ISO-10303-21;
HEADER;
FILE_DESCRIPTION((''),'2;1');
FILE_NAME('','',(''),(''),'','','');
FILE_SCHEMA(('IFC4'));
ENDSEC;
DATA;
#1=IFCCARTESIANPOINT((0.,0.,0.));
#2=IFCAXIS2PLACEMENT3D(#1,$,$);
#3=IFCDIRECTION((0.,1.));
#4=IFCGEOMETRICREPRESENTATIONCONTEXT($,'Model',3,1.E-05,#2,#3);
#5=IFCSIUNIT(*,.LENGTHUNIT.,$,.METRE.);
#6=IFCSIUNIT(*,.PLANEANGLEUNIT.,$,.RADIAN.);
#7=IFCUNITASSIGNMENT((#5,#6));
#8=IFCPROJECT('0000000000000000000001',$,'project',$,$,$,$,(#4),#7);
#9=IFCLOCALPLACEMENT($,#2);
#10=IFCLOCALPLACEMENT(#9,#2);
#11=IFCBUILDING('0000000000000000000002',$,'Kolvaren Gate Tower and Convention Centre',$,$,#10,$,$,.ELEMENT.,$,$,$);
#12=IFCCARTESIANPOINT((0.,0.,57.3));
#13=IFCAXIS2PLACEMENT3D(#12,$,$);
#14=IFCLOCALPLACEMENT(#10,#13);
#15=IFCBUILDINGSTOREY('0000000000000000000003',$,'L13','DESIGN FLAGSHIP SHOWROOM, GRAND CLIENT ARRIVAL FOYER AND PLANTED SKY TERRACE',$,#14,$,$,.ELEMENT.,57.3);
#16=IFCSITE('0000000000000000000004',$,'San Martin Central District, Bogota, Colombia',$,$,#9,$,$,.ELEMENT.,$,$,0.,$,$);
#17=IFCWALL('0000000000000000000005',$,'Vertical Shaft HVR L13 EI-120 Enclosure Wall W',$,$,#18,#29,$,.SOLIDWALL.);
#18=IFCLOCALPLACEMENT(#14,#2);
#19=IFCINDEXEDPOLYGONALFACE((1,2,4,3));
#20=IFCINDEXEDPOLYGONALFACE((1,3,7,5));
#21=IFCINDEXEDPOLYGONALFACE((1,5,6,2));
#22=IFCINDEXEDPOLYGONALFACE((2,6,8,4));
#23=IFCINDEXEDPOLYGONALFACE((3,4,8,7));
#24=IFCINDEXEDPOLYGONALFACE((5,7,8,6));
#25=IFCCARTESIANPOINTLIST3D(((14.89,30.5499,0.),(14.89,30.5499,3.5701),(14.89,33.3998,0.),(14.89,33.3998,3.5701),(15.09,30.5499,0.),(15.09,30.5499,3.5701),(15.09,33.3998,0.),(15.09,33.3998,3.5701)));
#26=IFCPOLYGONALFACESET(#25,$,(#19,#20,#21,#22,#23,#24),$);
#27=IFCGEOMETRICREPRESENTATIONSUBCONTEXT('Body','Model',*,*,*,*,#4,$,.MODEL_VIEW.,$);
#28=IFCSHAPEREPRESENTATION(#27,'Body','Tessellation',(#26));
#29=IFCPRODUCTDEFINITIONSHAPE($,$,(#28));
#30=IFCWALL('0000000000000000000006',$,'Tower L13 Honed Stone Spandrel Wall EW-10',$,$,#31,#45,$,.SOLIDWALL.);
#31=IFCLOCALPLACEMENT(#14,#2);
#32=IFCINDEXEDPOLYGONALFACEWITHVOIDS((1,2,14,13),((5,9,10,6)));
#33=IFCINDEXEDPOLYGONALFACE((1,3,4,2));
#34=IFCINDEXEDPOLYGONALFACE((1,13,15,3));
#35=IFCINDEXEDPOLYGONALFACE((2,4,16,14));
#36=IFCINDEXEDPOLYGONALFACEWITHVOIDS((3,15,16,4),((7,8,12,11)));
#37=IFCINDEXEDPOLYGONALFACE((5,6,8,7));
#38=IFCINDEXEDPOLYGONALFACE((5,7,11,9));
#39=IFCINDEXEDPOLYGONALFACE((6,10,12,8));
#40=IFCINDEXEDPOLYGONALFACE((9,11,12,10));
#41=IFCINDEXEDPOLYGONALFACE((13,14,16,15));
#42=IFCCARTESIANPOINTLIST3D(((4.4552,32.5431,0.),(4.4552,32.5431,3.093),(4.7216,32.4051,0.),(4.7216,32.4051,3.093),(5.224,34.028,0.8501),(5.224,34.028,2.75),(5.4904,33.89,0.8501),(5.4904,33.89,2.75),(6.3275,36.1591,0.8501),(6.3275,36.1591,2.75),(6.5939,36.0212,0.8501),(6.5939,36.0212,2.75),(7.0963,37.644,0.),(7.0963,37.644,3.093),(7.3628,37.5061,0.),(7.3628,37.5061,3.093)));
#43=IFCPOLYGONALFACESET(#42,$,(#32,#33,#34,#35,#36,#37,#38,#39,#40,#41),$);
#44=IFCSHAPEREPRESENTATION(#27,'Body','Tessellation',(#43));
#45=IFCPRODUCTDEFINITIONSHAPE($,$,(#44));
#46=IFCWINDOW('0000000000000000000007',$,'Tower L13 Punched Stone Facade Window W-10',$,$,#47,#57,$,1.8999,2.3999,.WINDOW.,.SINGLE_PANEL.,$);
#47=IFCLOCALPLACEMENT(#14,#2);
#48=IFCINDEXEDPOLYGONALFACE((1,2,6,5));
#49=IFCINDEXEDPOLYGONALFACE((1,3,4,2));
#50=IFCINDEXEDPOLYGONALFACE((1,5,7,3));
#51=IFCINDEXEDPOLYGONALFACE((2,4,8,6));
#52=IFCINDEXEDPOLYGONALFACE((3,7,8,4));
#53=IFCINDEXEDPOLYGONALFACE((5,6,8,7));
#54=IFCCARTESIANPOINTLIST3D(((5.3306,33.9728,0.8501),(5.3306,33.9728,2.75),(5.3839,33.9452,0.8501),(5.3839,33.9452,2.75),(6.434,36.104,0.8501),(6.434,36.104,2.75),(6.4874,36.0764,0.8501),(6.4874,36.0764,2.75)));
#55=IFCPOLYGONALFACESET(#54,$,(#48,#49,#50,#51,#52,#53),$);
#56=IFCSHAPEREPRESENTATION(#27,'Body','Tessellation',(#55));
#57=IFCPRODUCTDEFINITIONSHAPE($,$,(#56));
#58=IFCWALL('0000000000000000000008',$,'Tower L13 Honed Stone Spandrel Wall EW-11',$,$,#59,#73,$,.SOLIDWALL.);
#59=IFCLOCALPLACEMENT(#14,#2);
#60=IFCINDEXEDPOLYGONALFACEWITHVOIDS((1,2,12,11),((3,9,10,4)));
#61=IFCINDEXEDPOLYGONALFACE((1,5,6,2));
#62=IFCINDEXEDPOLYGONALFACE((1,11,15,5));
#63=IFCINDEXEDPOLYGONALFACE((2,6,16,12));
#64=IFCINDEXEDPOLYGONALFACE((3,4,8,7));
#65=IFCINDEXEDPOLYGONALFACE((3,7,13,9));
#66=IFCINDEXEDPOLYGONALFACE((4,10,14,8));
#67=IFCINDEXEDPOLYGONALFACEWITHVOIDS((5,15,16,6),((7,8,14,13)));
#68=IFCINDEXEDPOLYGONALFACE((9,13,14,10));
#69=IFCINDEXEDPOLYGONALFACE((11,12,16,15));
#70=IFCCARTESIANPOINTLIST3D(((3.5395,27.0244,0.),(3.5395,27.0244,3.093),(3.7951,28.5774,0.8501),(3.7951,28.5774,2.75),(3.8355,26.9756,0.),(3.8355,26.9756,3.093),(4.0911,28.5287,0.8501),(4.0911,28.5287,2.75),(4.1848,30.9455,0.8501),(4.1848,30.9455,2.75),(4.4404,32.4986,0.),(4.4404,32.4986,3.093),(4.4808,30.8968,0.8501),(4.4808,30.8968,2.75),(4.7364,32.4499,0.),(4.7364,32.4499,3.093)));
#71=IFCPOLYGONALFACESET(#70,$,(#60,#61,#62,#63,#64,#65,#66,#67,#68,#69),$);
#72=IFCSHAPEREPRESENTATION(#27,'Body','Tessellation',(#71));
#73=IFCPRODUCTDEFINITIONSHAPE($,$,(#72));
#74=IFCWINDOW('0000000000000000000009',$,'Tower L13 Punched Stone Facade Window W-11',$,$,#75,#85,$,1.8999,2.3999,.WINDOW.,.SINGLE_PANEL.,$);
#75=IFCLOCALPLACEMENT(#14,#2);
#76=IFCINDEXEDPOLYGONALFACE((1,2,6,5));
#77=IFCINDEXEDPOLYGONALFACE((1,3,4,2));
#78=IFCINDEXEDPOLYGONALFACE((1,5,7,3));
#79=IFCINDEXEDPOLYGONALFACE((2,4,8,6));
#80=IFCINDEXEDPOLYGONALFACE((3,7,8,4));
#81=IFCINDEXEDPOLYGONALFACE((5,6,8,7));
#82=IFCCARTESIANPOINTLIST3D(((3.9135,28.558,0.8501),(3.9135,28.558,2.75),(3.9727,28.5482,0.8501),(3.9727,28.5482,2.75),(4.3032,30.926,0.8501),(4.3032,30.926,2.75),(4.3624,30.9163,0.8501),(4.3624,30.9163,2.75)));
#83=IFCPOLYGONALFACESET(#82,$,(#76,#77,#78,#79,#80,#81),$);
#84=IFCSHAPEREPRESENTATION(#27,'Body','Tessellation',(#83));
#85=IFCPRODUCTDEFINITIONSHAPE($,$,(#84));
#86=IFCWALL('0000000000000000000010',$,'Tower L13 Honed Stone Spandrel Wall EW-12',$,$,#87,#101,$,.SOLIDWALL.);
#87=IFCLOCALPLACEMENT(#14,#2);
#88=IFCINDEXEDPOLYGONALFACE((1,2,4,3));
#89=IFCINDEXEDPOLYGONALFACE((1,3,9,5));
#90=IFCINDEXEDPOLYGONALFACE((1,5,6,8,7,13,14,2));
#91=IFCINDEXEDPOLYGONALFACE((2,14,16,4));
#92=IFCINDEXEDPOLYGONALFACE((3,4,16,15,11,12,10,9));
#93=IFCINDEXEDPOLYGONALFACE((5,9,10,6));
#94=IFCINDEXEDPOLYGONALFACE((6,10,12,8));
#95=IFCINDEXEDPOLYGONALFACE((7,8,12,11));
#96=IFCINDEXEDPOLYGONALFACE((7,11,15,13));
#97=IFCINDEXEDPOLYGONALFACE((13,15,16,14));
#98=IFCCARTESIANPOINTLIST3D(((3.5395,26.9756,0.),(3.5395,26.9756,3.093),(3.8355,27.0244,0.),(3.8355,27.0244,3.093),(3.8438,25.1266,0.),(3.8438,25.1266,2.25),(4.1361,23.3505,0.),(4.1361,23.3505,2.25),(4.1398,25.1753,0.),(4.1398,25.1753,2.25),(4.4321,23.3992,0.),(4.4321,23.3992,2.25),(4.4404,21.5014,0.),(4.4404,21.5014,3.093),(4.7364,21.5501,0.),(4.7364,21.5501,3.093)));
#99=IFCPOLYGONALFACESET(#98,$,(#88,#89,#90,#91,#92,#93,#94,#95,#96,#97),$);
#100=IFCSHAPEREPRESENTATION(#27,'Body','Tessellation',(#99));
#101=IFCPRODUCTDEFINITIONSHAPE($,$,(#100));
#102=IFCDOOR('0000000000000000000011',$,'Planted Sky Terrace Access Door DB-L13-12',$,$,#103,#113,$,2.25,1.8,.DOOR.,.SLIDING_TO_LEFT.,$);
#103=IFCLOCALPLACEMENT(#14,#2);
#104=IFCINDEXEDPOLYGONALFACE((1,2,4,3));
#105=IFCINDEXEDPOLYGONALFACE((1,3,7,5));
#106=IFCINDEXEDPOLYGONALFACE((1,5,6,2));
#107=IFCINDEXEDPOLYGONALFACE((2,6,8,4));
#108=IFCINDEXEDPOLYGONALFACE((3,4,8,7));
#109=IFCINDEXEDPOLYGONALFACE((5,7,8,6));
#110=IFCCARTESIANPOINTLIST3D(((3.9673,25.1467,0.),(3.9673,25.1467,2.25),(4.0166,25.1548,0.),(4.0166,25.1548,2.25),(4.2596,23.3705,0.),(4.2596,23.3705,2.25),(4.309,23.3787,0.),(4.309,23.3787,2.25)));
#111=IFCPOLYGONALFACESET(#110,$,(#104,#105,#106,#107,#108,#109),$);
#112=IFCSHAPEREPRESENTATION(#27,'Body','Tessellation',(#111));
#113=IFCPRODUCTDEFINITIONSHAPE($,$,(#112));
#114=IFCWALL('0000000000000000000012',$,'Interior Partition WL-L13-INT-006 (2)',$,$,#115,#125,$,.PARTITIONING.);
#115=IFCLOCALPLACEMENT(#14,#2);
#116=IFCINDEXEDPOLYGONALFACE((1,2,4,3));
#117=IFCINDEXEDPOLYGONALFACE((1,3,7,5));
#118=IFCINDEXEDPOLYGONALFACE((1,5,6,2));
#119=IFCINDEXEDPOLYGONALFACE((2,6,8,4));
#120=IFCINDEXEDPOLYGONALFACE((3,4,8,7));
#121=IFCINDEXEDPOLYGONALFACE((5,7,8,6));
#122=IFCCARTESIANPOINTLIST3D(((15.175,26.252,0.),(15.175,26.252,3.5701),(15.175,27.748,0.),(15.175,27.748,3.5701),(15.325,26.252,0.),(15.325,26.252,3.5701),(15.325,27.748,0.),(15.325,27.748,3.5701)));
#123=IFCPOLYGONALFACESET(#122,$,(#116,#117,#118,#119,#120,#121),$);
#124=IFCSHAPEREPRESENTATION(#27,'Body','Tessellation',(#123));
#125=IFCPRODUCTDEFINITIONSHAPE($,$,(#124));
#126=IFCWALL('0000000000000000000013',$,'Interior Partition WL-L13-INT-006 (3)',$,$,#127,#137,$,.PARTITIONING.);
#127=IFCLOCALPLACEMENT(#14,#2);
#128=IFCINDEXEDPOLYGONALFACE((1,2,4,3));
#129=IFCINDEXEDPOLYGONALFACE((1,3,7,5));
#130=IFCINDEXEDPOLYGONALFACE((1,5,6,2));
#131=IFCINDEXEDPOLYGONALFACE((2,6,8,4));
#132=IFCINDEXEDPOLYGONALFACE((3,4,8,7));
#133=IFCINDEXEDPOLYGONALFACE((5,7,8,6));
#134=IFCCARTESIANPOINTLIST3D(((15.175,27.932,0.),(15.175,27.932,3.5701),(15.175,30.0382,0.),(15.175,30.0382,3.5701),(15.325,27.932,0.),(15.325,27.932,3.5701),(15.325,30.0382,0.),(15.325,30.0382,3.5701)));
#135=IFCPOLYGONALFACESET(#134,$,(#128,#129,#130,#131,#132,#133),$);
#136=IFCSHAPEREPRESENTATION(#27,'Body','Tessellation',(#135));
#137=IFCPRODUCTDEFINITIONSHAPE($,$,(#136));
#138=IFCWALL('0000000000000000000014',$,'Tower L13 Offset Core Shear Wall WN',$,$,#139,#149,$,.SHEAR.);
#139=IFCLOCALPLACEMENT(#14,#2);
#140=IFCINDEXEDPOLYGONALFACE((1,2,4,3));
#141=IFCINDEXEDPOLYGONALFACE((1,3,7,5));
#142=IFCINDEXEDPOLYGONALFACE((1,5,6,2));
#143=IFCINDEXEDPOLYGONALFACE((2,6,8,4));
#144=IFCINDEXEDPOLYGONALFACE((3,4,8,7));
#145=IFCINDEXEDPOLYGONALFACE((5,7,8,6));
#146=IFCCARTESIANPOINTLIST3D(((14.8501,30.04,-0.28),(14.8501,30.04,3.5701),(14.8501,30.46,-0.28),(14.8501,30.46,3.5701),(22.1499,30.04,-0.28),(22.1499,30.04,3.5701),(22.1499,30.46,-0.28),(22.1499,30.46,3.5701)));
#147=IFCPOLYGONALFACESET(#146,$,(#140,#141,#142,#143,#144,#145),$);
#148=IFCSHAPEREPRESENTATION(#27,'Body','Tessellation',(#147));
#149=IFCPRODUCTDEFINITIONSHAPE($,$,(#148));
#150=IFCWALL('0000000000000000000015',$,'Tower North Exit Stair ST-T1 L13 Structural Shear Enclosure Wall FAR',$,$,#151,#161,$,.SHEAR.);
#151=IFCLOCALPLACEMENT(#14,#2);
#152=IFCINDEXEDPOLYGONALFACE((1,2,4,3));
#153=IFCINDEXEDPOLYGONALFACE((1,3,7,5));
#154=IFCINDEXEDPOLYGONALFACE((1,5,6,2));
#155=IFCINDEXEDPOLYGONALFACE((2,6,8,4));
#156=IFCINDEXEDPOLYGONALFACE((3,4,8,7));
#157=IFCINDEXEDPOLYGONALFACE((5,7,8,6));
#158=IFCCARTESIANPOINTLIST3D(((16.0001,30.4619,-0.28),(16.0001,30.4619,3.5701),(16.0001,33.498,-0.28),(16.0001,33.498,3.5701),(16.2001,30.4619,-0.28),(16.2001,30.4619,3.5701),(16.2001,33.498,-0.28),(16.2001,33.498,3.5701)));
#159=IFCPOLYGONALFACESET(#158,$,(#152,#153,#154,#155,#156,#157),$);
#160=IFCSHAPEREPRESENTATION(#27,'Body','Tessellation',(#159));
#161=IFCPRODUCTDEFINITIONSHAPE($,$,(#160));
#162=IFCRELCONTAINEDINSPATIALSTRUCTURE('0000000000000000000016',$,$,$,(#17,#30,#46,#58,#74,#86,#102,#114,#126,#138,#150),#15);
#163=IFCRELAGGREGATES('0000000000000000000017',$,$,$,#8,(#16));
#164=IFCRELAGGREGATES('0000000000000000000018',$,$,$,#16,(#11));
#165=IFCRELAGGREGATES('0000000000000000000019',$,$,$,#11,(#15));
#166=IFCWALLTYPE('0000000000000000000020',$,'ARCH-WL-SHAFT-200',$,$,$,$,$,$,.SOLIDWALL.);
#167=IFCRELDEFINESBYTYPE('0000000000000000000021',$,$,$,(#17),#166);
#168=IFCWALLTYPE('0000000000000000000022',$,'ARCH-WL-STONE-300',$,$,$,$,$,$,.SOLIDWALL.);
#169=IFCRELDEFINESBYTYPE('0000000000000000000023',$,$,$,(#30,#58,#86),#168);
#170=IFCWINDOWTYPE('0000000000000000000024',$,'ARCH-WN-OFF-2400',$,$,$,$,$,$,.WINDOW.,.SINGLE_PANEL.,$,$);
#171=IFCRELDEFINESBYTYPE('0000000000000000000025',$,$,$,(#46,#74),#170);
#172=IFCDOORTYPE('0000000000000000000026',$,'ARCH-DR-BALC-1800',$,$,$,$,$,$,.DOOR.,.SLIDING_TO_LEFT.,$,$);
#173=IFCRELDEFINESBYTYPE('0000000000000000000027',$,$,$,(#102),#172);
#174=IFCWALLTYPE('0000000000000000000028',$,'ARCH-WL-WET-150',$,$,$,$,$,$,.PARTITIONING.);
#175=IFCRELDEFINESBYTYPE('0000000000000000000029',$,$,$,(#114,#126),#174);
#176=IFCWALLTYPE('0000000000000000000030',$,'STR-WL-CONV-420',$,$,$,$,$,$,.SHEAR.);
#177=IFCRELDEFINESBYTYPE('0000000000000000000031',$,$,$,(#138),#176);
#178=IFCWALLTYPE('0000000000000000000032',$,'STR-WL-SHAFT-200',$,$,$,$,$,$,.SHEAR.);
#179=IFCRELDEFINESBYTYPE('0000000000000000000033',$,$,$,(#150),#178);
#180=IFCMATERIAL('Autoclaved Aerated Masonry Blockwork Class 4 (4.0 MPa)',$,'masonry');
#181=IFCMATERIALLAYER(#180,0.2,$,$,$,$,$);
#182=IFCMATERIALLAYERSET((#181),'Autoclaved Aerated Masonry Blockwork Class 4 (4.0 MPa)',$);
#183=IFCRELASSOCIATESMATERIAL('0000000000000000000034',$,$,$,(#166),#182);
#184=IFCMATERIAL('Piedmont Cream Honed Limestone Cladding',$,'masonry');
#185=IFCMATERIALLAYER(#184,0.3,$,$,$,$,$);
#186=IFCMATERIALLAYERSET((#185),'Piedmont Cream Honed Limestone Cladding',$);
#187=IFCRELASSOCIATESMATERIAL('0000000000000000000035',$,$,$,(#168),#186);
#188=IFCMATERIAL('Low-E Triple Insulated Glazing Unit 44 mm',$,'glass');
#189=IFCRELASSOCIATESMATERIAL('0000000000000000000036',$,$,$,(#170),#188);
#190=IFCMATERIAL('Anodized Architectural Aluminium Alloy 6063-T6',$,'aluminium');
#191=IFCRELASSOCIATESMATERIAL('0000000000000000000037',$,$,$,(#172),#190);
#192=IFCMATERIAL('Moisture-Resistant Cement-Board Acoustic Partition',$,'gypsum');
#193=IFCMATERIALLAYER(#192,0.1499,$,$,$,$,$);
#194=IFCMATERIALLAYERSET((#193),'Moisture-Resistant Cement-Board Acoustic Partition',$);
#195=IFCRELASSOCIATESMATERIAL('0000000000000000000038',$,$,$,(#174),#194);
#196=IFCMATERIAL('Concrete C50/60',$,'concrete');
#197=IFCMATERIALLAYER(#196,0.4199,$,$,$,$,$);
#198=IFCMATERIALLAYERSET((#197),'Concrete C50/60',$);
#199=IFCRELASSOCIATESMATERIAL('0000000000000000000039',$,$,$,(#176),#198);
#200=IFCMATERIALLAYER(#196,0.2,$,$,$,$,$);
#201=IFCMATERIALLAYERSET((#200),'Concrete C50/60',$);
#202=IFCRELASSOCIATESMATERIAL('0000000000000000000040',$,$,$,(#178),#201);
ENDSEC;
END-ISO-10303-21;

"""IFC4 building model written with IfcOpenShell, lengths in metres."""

from ifc_helpers import new_model, si_unit, direction, frame, frame_2d, origin, place, context, subcontext, project, spatial, rectangle, extrude, material, layer, layer_set, type_object, element, fill, save


model = new_model("IFC4")

# Units and contexts
model_context = context("Model", 3, precision=1e-05, world=origin(), true_north=direction((0.0, 1.0)))
body_context = subcontext(model_context, "Body", "Model", "MODEL_VIEW")
ifc_project = project(units=[si_unit("LENGTHUNIT", "METRE"), si_unit("PLANEANGLEUNIT", "RADIAN")], contexts=[model_context])

# Site, building, storey
site_placement = place(None, origin())
site = spatial("IfcSite", under=ifc_project, at=site_placement, Name="San Martin Central District, Bogota, Colombia", CompositionType="ELEMENT", RefElevation=0.0)
building_placement = place(site_placement, origin())
building = spatial("IfcBuilding", under=site, at=building_placement, Name="Kolvaren Gate Tower and Convention Centre", CompositionType="ELEMENT")
storey_placement = place(building_placement, frame((0.0, 0.0, 57.3)))
storey = spatial("IfcBuildingStorey", under=building, at=storey_placement, Name="L13", Description="DESIGN FLAGSHIP SHOWROOM, GRAND CLIENT ARRIVAL FOYER AND PLANTED SKY TERRACE", CompositionType="ELEMENT", Elevation=57.3)

# Shared definitions
ifc_material_1 = material(Name="Autoclaved Aerated Masonry Blockwork Class 4 (4.0 MPa)", Category="masonry")

# Wall
ifc_material_2 = material(Name="Piedmont Cream Honed Limestone Cladding", Category="masonry")
ifc_layer_1 = layer(ifc_material_1, 0.2)
ifc_layer_set_1 = layer_set([ifc_layer_1], Name="Autoclaved Aerated Masonry Blockwork Class 4 (4.0 MPa)")
wall_type_1 = type_object("IfcWallType", Name="ARCH-WL-SHAFT-200", PredefinedType="SOLIDWALL", material=ifc_layer_set_1)
wall_1_placement = place(storey_placement, frame((14.99, 30.55, 0.0), z_axis=(0.0, 0.0, 1.0), x_axis=(0.0, 1.0, 0.0)))
element("IfcWall", 1, at=wall_1_placement, inside=storey, type_object=wall_type_1, Name="Vertical Shaft HVR L13 EI-120 Enclosure Wall W", PredefinedType="SOLIDWALL", context=body_context, shape_type="SweptSolid", body=[
    extrude(rectangle(XDim=2.8499, YDim=0.2, at=frame_2d((1.4248, 0.0))), origin(), (0.0, 0.0, 1.0), 3.5701),
])

# Walls, openings, windows
ifc_layer_2 = layer(ifc_material_2, 0.3)
ifc_layer_set_2 = layer_set([ifc_layer_2], Name="Piedmont Cream Honed Limestone Cladding")
wall_type_2 = type_object("IfcWallType", Name="ARCH-WL-STONE-300", PredefinedType="SOLIDWALL", material=ifc_layer_set_2)
wall_2_placement = place(storey_placement, frame((4.5884, 32.4741, 0.0), z_axis=(0.0, 0.0, 1.0), x_axis=(0.459801, 0.888022, 0.0)))
wall_2 = element("IfcWall", 2, at=wall_2_placement, inside=storey, type_object=wall_type_2, Name="Tower L13 Honed Stone Spandrel Wall EW-10", PredefinedType="SOLIDWALL", context=body_context, shape_type="SweptSolid", body=[
    extrude(rectangle(XDim=5.7441, YDim=0.3, at=frame_2d((2.8721, 0.0))), origin(), (0.0, 0.0, 1.0), 3.093),
])
opening_1_placement = place(wall_2_placement, frame((1.6721, 0.0, 0.8501)))
opening_1 = element("IfcOpeningElement", 3, at=opening_1_placement, cuts=wall_2, PredefinedType="OPENING", context=body_context, shape_type="SweptSolid", body=[
    extrude(rectangle(XDim=2.3999, YDim=1.8999, at=frame_2d((1.2, 0.95))), frame((0.0, 0.1599, 0.0), z_axis=(0.0, -1.0, 0.0), x_axis=(1.0, 0.0, 0.0)), (0.0, 0.0, 1.0), 0.3201),
])
ifc_material_3 = material(Name="Low-E Triple Insulated Glazing Unit 44 mm", Category="glass")
window_type = type_object("IfcWindowType", Name="ARCH-WN-OFF-2400", PartitioningType="SINGLE_PANEL", PredefinedType="WINDOW", material=ifc_material_3)
window_1_placement = place(opening_1_placement, origin())
window_1 = element("IfcWindow", 4, at=window_1_placement, inside=storey, type_object=window_type, Name="Tower L13 Punched Stone Facade Window W-10", OverallHeight=1.8999, OverallWidth=2.3999, PartitioningType="SINGLE_PANEL", PredefinedType="WINDOW", context=body_context, shape_type="SweptSolid", body=[
    extrude(rectangle(XDim=2.3999, YDim=1.8999, at=frame_2d((1.2, 0.95))), frame((0.0, 0.03, 0.0), z_axis=(0.0, -1.0, 0.0), x_axis=(1.0, 0.0, 0.0)), (0.0, 0.0, 1.0), 0.0601),
])
fill(opening_1, window_1)
wall_3_placement = place(storey_placement, frame((3.6875, 27.0, 0.0), z_axis=(0.0, 0.0, 1.0), x_axis=(0.162386, 0.986727, 0.0)))
wall_3 = element("IfcWall", 5, at=wall_3_placement, inside=storey, type_object=wall_type_2, Name="Tower L13 Honed Stone Spandrel Wall EW-11", PredefinedType="SOLIDWALL", context=body_context, shape_type="SweptSolid", body=[
    extrude(rectangle(XDim=5.5479, YDim=0.3, at=frame_2d((2.7739, 0.0))), origin(), (0.0, 0.0, 1.0), 3.093),
])
opening_2_placement = place(wall_3_placement, frame((1.574, 0.0, 0.8501)))
opening_2 = element("IfcOpeningElement", 6, at=opening_2_placement, cuts=wall_3, PredefinedType="OPENING", context=body_context, shape_type="SweptSolid", body=[
    extrude(rectangle(XDim=2.3999, YDim=1.8999, at=frame_2d((1.2, 0.95))), frame((0.0, 0.1599, 0.0), z_axis=(0.0, -1.0, 0.0), x_axis=(1.0, 0.0, 0.0)), (0.0, 0.0, 1.0), 0.3201),
])
window_2_placement = place(opening_2_placement, origin())
window_2 = element("IfcWindow", 7, at=window_2_placement, inside=storey, type_object=window_type, Name="Tower L13 Punched Stone Facade Window W-11", OverallHeight=1.8999, OverallWidth=2.3999, PartitioningType="SINGLE_PANEL", PredefinedType="WINDOW", context=body_context, shape_type="SweptSolid", body=[
    extrude(rectangle(XDim=2.3999, YDim=1.8999, at=frame_2d((1.2, 0.95))), frame((0.0, 0.03, 0.0), z_axis=(0.0, -1.0, 0.0), x_axis=(1.0, 0.0, 0.0)), (0.0, 0.0, 1.0), 0.0601),
])
fill(opening_2, window_2)

# Wall, opening, door
wall_4_placement = place(storey_placement, frame((3.6875, 27.0, 0.0), z_axis=(0.0, 0.0, 1.0), x_axis=(0.162386, -0.986727, 0.0)))
wall_4 = element("IfcWall", 8, at=wall_4_placement, inside=storey, type_object=wall_type_2, Name="Tower L13 Honed Stone Spandrel Wall EW-12", PredefinedType="SOLIDWALL", context=body_context, shape_type="SweptSolid", body=[
    extrude(rectangle(XDim=5.5479, YDim=0.3, at=frame_2d((2.7739, 0.0))), origin(), (0.0, 0.0, 1.0), 3.093),
])
opening_3_placement = place(wall_4_placement, frame((1.874, 0.0, 0.0)))
opening_3 = element("IfcOpeningElement", 9, at=opening_3_placement, cuts=wall_4, PredefinedType="OPENING", context=body_context, shape_type="SweptSolid", body=[
    extrude(rectangle(XDim=1.8, YDim=2.25, at=frame_2d((0.8999, 1.125))), frame((0.0, 0.1599, 0.0), z_axis=(0.0, -1.0, 0.0), x_axis=(1.0, 0.0, 0.0)), (0.0, 0.0, 1.0), 0.3201),
])
ifc_material_4 = material(Name="Anodized Architectural Aluminium Alloy 6063-T6", Category="aluminium")
door_type_1 = type_object("IfcDoorType", Name="ARCH-DR-BALC-1800", OperationType="SLIDING_TO_LEFT", PredefinedType="DOOR", material=ifc_material_4)
door_1_placement = place(opening_3_placement, frame((1.8, 0.0, 0.0), z_axis=(0.0, 0.0, 1.0), x_axis=(-1.0, 0.0, 0.0)))
door_1 = element("IfcDoor", 10, at=door_1_placement, inside=storey, type_object=door_type_1, Name="Planted Sky Terrace Access Door DB-L13-12", OperationType="SLIDING_TO_LEFT", OverallHeight=2.25, OverallWidth=1.8, PredefinedType="DOOR", context=body_context, shape_type="SweptSolid", body=[
    extrude(rectangle(XDim=1.8, YDim=2.25, at=frame_2d((0.8999, 1.125))), frame((0.0, 0.0249, 0.0), z_axis=(0.0, -1.0, 0.0), x_axis=(1.0, 0.0, 0.0)), (0.0, 0.0, 1.0), 0.05),
])
fill(opening_3, door_1)

# Walls
ifc_material_5 = material(Name="Moisture-Resistant Cement-Board Acoustic Partition", Category="gypsum")
ifc_layer_3 = layer(ifc_material_5, 0.1499)
ifc_layer_set_3 = layer_set([ifc_layer_3], Name="Moisture-Resistant Cement-Board Acoustic Partition")
wall_type_3 = type_object("IfcWallType", Name="ARCH-WL-WET-150", PredefinedType="PARTITIONING", material=ifc_layer_set_3)
wall_5_placement = place(storey_placement, frame((15.25, 26.252, 0.0), z_axis=(0.0, 0.0, 1.0), x_axis=(0.0, 1.0, 0.0)))
element("IfcWall", 11, at=wall_5_placement, inside=storey, type_object=wall_type_3, Name="Interior Partition WL-L13-INT-006 (2)", PredefinedType="PARTITIONING", context=body_context, shape_type="SweptSolid", body=[
    extrude(rectangle(XDim=1.4961, YDim=0.1499, at=frame_2d((0.748, 0.0))), origin(), (0.0, 0.0, 1.0), 3.5701),
])
wall_6_placement = place(storey_placement, frame((15.25, 27.9319, 0.0), z_axis=(0.0, 0.0, 1.0), x_axis=(0.0, 1.0, 0.0)))
element("IfcWall", 12, at=wall_6_placement, inside=storey, type_object=wall_type_3, Name="Interior Partition WL-L13-INT-006 (3)", PredefinedType="PARTITIONING", context=body_context, shape_type="SweptSolid", body=[
    extrude(rectangle(XDim=2.1062, YDim=0.1499, at=frame_2d((1.0532, 0.0))), origin(), (0.0, 0.0, 1.0), 3.5701),
])
ifc_material_6 = material(Name="Concrete C50/60", Category="concrete")
ifc_layer_4 = layer(ifc_material_6, 0.4199)
ifc_layer_set_4 = layer_set([ifc_layer_4], Name="Concrete C50/60")
wall_type_4 = type_object("IfcWallType", Name="STR-WL-CONV-420", PredefinedType="SHEAR", material=ifc_layer_set_4)
wall_7_placement = place(storey_placement, frame((14.8501, 30.25, -0.28), z_axis=(0.0, 0.0, 1.0), x_axis=(1.0, 0.0, 0.0)))
element("IfcWall", 13, at=wall_7_placement, inside=storey, type_object=wall_type_4, Name="Tower L13 Offset Core Shear Wall WN", PredefinedType="SHEAR", context=body_context, shape_type="SweptSolid", body=[
    extrude(rectangle(XDim=7.2998, YDim=0.4199, at=frame_2d((3.6499, 0.0))), origin(), (0.0, 0.0, 1.0), 3.8501),
])
ifc_layer_5 = layer(ifc_material_6, 0.2)
ifc_layer_set_5 = layer_set([ifc_layer_5], Name="Concrete C50/60")
wall_type_5 = type_object("IfcWallType", Name="STR-WL-SHAFT-200", PredefinedType="SHEAR", material=ifc_layer_set_5)
wall_8_placement = place(storey_placement, frame((16.1001, 30.4619, -0.28), z_axis=(0.0, 0.0, 1.0), x_axis=(0.0, 1.0, 0.0)))
element("IfcWall", 14, at=wall_8_placement, inside=storey, type_object=wall_type_5, Name="Tower North Exit Stair ST-T1 L13 Structural Shear Enclosure Wall FAR", PredefinedType="SHEAR", context=body_context, shape_type="SweptSolid", body=[
    extrude(rectangle(XDim=3.0361, YDim=0.2, at=frame_2d((1.5181, 0.0))), origin(), (0.0, 0.0, 1.0), 3.8501),
])

save(model, "model.ifc")
